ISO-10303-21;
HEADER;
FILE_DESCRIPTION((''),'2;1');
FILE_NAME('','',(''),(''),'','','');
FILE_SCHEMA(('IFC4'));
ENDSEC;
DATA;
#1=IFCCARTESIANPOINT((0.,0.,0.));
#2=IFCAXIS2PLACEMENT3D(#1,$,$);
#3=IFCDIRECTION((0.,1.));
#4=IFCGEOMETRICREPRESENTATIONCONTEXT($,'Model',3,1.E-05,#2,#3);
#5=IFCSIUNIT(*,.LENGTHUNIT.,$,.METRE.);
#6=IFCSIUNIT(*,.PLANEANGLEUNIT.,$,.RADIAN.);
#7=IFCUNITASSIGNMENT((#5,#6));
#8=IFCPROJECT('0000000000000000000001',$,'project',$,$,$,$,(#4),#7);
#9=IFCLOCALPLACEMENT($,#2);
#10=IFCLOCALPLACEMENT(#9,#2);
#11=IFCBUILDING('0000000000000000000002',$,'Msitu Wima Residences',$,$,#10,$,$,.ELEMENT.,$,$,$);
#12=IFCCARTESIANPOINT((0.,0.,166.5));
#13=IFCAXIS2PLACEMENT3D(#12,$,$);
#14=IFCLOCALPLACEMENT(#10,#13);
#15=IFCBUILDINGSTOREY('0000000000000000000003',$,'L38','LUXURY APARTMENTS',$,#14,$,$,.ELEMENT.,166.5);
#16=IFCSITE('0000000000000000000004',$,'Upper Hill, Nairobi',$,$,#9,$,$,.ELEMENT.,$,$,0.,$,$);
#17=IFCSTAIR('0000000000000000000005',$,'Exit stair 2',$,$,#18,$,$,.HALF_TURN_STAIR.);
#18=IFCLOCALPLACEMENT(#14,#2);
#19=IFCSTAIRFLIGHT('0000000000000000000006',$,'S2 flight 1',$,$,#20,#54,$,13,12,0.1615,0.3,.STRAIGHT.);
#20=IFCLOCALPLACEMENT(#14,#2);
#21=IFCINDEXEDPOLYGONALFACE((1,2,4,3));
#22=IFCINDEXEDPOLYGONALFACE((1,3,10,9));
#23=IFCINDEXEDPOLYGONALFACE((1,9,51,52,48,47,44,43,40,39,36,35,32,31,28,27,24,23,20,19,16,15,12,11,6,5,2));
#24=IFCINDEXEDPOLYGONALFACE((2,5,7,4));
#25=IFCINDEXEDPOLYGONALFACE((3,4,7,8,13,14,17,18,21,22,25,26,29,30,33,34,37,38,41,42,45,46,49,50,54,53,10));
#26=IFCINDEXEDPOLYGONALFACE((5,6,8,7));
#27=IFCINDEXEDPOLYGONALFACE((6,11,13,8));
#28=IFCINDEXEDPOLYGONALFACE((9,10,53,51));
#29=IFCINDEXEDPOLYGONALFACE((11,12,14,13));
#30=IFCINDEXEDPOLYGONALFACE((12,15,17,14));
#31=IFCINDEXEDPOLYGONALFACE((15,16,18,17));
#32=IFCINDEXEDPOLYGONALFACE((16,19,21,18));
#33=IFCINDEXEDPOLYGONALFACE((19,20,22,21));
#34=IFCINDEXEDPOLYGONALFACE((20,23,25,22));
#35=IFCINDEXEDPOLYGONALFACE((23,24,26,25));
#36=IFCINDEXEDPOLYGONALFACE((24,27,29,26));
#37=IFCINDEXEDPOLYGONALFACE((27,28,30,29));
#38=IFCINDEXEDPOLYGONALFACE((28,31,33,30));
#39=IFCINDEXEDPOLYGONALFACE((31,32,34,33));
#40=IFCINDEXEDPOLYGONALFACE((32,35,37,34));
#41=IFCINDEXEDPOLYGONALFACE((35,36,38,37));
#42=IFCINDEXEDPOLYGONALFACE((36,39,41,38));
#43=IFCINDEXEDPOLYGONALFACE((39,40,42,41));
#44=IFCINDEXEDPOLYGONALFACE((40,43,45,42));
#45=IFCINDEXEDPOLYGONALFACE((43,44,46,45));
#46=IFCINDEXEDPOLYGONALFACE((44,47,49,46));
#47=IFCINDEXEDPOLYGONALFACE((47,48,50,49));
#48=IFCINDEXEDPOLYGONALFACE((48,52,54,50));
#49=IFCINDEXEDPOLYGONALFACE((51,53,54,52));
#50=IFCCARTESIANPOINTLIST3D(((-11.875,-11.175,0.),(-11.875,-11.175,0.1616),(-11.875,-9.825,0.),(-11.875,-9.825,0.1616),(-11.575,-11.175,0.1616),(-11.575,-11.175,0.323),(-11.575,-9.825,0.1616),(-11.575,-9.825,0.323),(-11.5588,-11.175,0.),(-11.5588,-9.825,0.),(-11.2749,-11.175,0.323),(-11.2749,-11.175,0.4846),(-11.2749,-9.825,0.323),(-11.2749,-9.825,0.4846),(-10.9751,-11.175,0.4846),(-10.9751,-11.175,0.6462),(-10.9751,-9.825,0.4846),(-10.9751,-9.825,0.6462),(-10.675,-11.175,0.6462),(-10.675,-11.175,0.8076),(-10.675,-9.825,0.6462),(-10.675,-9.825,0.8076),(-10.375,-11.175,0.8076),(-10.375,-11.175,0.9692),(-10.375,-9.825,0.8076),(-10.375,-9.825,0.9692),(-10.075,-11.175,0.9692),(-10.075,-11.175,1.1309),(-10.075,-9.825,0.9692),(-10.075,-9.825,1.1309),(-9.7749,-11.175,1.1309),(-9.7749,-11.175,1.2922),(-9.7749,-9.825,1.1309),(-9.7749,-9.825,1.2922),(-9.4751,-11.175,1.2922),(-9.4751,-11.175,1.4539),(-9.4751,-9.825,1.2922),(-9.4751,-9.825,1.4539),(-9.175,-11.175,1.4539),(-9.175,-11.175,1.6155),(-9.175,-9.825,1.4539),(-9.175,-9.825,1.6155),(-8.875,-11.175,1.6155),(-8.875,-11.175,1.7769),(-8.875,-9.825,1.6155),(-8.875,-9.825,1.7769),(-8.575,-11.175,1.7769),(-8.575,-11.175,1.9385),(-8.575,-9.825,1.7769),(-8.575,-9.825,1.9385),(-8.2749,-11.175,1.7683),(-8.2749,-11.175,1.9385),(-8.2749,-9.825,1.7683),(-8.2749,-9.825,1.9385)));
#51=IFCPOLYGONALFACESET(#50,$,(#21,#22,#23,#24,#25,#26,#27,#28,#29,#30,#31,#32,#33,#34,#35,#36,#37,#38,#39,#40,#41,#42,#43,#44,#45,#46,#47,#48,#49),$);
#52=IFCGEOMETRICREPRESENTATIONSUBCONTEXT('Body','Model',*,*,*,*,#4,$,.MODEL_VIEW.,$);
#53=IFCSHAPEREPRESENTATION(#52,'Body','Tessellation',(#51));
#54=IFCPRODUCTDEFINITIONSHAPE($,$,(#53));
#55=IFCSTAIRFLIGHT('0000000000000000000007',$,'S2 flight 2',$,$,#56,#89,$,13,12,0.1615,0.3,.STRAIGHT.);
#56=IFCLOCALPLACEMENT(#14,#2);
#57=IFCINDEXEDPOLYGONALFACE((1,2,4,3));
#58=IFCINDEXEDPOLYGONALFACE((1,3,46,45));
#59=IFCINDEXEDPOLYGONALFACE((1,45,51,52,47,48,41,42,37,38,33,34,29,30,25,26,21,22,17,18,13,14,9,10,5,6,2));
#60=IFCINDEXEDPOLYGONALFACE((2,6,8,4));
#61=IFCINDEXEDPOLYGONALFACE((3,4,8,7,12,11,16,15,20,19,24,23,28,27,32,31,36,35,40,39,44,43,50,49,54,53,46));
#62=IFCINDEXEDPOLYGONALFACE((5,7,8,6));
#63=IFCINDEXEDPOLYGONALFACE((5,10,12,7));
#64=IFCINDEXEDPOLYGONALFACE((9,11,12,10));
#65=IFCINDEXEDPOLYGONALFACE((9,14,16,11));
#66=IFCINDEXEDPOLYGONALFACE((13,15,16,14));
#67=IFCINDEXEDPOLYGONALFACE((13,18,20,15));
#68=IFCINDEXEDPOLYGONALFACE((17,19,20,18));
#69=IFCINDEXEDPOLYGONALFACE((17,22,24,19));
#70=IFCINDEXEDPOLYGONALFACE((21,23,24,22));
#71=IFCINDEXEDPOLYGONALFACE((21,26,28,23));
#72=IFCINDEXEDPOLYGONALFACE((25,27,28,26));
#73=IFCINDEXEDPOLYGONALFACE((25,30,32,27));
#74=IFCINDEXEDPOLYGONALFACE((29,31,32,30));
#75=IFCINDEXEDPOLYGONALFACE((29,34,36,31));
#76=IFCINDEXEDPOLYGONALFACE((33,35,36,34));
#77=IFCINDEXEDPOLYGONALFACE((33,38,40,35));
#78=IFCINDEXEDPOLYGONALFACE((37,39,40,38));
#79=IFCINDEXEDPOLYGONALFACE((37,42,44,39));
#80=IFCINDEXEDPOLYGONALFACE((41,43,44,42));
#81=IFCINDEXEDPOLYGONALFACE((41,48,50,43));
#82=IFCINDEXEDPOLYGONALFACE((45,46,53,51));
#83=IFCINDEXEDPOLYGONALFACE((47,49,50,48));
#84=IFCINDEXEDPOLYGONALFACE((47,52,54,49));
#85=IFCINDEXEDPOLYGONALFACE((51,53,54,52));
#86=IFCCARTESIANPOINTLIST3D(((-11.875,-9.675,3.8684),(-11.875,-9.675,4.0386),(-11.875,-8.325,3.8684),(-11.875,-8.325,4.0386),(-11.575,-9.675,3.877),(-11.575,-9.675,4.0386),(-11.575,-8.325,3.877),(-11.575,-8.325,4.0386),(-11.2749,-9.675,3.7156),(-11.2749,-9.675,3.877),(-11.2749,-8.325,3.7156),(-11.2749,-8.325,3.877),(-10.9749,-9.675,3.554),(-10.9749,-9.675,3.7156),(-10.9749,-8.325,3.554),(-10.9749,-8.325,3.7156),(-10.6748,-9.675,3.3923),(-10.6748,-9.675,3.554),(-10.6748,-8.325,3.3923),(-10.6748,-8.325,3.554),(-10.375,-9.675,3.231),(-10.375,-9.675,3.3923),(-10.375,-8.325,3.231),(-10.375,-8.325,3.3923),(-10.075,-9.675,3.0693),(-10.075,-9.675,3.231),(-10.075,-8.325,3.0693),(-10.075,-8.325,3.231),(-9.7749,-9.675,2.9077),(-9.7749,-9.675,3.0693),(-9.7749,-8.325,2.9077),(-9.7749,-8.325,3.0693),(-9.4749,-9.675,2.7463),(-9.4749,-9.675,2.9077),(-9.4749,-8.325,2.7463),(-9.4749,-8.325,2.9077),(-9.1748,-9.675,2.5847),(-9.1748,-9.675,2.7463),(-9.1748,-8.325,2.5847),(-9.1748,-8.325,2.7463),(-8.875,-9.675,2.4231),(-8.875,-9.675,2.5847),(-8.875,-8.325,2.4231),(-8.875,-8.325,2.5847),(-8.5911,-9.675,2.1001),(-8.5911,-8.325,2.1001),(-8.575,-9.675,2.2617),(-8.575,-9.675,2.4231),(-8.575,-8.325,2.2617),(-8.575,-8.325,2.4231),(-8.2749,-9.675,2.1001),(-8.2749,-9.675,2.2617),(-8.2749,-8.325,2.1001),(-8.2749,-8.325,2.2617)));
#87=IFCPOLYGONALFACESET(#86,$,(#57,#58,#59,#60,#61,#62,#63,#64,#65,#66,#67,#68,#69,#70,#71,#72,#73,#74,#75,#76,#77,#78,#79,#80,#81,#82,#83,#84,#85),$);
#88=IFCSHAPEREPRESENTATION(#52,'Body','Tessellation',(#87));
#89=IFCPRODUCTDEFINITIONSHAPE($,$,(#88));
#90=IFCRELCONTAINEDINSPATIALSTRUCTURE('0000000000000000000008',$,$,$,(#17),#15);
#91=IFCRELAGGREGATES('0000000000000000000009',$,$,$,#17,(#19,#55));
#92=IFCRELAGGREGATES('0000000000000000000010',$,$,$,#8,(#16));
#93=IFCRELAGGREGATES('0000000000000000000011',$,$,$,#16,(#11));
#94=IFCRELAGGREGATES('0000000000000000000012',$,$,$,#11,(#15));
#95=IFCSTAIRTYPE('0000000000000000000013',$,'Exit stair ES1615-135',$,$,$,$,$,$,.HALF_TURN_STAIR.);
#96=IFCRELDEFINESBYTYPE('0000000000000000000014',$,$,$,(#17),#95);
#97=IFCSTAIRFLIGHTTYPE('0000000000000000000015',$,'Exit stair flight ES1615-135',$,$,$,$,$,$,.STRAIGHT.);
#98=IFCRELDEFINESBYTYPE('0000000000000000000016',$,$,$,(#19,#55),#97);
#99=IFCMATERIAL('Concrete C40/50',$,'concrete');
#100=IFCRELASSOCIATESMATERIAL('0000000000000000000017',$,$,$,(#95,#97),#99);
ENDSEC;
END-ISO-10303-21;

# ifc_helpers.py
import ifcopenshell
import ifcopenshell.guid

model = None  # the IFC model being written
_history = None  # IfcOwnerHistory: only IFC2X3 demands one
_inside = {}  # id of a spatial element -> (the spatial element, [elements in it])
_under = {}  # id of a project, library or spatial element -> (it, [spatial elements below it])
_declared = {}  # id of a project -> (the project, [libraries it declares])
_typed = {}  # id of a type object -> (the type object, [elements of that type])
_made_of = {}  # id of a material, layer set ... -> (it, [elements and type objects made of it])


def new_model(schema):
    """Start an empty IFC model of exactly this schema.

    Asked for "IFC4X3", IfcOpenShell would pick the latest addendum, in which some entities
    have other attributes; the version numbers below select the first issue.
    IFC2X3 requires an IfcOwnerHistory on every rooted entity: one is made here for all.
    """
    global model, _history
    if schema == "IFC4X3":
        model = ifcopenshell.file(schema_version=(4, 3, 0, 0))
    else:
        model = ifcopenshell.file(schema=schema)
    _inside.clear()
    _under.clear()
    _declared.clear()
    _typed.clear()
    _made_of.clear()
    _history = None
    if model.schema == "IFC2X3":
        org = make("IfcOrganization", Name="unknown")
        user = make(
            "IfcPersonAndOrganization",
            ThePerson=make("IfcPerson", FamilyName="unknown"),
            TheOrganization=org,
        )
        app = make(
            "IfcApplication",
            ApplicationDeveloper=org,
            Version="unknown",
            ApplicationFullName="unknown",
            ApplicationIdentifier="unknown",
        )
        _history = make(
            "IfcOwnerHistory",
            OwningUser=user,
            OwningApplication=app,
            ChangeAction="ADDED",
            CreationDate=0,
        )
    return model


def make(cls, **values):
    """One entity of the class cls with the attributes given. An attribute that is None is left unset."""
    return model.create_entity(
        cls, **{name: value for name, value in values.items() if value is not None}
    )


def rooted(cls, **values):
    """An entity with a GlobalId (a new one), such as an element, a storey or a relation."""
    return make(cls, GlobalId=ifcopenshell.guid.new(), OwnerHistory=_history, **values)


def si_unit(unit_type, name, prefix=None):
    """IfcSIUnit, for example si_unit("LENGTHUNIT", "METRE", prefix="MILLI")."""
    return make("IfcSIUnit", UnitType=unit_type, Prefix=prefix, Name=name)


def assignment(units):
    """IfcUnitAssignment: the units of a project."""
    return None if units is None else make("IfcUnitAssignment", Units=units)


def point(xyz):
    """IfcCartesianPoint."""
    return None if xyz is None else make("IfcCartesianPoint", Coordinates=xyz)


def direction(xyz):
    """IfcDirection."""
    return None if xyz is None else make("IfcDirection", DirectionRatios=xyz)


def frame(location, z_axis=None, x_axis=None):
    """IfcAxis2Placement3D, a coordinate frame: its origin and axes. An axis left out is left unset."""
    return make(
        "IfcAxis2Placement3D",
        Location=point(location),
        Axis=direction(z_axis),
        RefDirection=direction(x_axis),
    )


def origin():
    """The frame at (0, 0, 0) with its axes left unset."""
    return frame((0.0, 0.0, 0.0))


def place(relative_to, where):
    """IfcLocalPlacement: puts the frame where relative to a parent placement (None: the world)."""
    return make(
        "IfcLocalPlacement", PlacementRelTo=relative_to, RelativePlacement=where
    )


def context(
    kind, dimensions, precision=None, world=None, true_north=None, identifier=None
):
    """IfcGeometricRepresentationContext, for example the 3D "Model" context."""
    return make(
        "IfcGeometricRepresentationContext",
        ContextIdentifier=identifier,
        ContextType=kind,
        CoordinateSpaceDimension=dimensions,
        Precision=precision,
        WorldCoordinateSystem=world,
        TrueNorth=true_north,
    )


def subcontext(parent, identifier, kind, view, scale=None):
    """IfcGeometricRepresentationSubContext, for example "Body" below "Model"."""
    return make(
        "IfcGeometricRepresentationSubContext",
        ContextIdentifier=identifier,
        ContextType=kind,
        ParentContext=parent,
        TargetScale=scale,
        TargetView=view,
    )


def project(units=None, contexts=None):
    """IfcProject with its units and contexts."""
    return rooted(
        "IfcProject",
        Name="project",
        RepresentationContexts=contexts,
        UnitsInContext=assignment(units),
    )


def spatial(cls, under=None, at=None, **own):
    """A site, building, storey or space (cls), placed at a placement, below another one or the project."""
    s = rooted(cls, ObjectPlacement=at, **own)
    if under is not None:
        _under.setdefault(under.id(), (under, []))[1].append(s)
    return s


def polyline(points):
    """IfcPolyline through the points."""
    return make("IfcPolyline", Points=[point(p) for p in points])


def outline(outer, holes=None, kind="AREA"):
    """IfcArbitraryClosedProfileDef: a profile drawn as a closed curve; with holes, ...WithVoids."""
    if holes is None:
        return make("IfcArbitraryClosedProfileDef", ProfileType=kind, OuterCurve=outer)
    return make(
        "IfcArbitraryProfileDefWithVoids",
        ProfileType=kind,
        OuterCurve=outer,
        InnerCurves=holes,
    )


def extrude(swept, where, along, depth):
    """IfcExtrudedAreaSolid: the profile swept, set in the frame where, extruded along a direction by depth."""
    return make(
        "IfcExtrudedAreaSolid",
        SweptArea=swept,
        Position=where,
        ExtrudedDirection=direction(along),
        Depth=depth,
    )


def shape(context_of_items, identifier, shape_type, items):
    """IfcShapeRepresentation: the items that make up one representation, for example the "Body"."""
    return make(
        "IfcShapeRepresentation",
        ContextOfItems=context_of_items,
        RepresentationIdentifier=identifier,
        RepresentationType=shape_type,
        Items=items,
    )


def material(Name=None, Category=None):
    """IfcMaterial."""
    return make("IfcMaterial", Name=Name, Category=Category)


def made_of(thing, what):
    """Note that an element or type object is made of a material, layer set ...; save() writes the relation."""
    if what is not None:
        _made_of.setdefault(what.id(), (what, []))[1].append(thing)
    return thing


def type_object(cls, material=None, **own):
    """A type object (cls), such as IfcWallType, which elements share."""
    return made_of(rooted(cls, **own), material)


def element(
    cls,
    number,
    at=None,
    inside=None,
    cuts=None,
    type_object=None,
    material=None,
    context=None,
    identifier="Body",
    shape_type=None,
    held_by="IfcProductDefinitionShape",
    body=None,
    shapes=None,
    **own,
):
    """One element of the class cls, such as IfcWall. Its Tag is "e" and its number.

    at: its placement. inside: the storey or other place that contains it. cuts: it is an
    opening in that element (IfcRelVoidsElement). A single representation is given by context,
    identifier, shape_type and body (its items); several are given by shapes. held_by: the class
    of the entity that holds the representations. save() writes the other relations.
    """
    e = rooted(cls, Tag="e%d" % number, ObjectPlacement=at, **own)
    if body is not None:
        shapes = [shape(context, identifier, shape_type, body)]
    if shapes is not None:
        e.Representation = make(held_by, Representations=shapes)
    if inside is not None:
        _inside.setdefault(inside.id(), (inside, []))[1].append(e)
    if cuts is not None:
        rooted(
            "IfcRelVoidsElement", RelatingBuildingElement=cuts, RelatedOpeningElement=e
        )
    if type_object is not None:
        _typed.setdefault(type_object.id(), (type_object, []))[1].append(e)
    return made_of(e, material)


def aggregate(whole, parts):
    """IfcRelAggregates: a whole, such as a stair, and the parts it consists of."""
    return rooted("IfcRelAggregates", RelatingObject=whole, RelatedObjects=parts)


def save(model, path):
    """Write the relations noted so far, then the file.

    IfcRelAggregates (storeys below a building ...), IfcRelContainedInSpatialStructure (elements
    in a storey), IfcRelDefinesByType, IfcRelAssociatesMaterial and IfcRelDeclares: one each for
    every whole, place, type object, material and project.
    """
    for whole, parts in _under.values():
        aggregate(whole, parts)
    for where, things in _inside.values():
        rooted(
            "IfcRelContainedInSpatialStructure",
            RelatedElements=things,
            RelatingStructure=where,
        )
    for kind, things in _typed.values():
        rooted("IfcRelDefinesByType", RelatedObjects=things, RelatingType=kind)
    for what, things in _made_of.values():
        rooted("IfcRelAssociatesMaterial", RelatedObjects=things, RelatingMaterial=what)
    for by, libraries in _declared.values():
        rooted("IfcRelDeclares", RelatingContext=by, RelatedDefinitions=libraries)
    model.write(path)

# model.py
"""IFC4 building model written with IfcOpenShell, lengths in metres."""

from ifc_helpers import new_model, si_unit, direction, frame, origin, place, context, subcontext, project, spatial, polyline, outline, extrude, material, type_object, element, aggregate, save


model = new_model("IFC4")

# Units and contexts
model_context = context("Model", 3, precision=1e-05, world=origin(), true_north=direction((0.0, 1.0)))
body_context = subcontext(model_context, "Body", "Model", "MODEL_VIEW")
ifc_project = project(units=[si_unit("LENGTHUNIT", "METRE"), si_unit("PLANEANGLEUNIT", "RADIAN")], contexts=[model_context])

# Site, building, storey
site_placement = place(None, origin())
site = spatial("IfcSite", under=ifc_project, at=site_placement, Name="Upper Hill, Nairobi", CompositionType="ELEMENT", RefElevation=0.0)
building_placement = place(site_placement, origin())
building = spatial("IfcBuilding", under=site, at=building_placement, Name="Msitu Wima Residences", CompositionType="ELEMENT")
storey_placement = place(building_placement, frame((0.0, 0.0, 166.5)))
storey = spatial("IfcBuildingStorey", under=building, at=storey_placement, Name="L38", Description="LUXURY APARTMENTS", CompositionType="ELEMENT", Elevation=166.5)

# Shared definitions
ifc_material_1 = material(Name="Concrete C40/50", Category="concrete")

# Stair, stair flights
stair_type = type_object("IfcStairType", Name="Exit stair ES1615-135", PredefinedType="HALF_TURN_STAIR", material=ifc_material_1)
stair_placement = place(storey_placement, origin())
stair = element("IfcStair", 1, at=stair_placement, inside=storey, type_object=stair_type, Name="Exit stair 2", PredefinedType="HALF_TURN_STAIR")
stair_flight_type = type_object("IfcStairFlightType", Name="Exit stair flight ES1615-135", PredefinedType="STRAIGHT", material=ifc_material_1)
stair_flight_1_placement = place(storey_placement, frame((-11.875, -10.5, 0.0), z_axis=(0.0, 0.0, 1.0), x_axis=(1.0, 0.0, 0.0)))
stair_flight_1 = element("IfcStairFlight", 2, at=stair_flight_1_placement, type_object=stair_flight_type, Name="S2 flight 1", NumberOfRisers=13, NumberOfTreads=12, PredefinedType="STRAIGHT", RiserHeight=0.1615, TreadLength=0.3, context=body_context, shape_type="SweptSolid", body=[
    extrude(outline(polyline([(0.0, 0.0), (0.0, 0.1616), (0.3, 0.1616), (0.3, 0.323), (0.6001, 0.323), (0.6001, 0.4846), (0.8999, 0.4846), (0.8999, 0.6462), (1.2, 0.6462), (1.2, 0.8076), (1.5, 0.8076), (1.5, 0.9692), (1.8, 0.9692), (1.8, 1.1309), (2.1001, 1.1309), (2.1001, 1.2922), (2.3999, 1.2922), (2.3999, 1.4539), (2.7, 1.4539), (2.7, 1.6155), (3.0, 1.6155), (3.0, 1.7769), (3.3, 1.7769), (3.3, 1.9385), (3.6001, 1.9385), (3.6001, 2.1001), (3.6001, 1.7683), (0.3162, 0.0), (0.0, 0.0)])), frame((0.0, 0.675, 0.0), z_axis=(0.0, -1.0, 0.0), x_axis=(1.0, 0.0, 0.0)), (0.0, 0.0, 1.0), 1.3501),
])
stair_flight_2_placement = place(storey_placement, frame((-8.2749, -9.0, 2.1001), z_axis=(0.0, 0.0, 1.0), x_axis=(-1.0, 0.0, 0.0)))
stair_flight_2 = element("IfcStairFlight", 3, at=stair_flight_2_placement, type_object=stair_flight_type, Name="S2 flight 2", NumberOfRisers=13, NumberOfTreads=12, PredefinedType="STRAIGHT", RiserHeight=0.1615, TreadLength=0.3, context=body_context, shape_type="SweptSolid", body=[
    extrude(outline(polyline([(0.0, 0.0), (0.0, 0.1616), (0.3, 0.1616), (0.3, 0.323), (0.6001, 0.323), (0.6001, 0.4846), (0.8999, 0.4846), (0.8999, 0.6462), (1.2, 0.6462), (1.2, 0.8076), (1.5, 0.8076), (1.5, 0.9692), (1.8, 0.9692), (1.8, 1.1309), (2.1001, 1.1309), (2.1001, 1.2922), (2.3999, 1.2922), (2.3999, 1.4539), (2.7, 1.4539), (2.7, 1.6155), (3.0, 1.6155), (3.0, 1.7769), (3.3, 1.7769), (3.3, 1.9385), (3.6001, 1.9385), (3.6001, 2.1001), (3.6001, 1.7683), (0.3162, 0.0), (0.0, 0.0)])), frame((0.0, 0.675, 0.0), z_axis=(0.0, -1.0, 0.0), x_axis=(1.0, 0.0, 0.0)), (0.0, 0.0, 1.0), 1.3501),
])
aggregate(stair, [stair_flight_1, stair_flight_2])

save(model, "model.ifc")
